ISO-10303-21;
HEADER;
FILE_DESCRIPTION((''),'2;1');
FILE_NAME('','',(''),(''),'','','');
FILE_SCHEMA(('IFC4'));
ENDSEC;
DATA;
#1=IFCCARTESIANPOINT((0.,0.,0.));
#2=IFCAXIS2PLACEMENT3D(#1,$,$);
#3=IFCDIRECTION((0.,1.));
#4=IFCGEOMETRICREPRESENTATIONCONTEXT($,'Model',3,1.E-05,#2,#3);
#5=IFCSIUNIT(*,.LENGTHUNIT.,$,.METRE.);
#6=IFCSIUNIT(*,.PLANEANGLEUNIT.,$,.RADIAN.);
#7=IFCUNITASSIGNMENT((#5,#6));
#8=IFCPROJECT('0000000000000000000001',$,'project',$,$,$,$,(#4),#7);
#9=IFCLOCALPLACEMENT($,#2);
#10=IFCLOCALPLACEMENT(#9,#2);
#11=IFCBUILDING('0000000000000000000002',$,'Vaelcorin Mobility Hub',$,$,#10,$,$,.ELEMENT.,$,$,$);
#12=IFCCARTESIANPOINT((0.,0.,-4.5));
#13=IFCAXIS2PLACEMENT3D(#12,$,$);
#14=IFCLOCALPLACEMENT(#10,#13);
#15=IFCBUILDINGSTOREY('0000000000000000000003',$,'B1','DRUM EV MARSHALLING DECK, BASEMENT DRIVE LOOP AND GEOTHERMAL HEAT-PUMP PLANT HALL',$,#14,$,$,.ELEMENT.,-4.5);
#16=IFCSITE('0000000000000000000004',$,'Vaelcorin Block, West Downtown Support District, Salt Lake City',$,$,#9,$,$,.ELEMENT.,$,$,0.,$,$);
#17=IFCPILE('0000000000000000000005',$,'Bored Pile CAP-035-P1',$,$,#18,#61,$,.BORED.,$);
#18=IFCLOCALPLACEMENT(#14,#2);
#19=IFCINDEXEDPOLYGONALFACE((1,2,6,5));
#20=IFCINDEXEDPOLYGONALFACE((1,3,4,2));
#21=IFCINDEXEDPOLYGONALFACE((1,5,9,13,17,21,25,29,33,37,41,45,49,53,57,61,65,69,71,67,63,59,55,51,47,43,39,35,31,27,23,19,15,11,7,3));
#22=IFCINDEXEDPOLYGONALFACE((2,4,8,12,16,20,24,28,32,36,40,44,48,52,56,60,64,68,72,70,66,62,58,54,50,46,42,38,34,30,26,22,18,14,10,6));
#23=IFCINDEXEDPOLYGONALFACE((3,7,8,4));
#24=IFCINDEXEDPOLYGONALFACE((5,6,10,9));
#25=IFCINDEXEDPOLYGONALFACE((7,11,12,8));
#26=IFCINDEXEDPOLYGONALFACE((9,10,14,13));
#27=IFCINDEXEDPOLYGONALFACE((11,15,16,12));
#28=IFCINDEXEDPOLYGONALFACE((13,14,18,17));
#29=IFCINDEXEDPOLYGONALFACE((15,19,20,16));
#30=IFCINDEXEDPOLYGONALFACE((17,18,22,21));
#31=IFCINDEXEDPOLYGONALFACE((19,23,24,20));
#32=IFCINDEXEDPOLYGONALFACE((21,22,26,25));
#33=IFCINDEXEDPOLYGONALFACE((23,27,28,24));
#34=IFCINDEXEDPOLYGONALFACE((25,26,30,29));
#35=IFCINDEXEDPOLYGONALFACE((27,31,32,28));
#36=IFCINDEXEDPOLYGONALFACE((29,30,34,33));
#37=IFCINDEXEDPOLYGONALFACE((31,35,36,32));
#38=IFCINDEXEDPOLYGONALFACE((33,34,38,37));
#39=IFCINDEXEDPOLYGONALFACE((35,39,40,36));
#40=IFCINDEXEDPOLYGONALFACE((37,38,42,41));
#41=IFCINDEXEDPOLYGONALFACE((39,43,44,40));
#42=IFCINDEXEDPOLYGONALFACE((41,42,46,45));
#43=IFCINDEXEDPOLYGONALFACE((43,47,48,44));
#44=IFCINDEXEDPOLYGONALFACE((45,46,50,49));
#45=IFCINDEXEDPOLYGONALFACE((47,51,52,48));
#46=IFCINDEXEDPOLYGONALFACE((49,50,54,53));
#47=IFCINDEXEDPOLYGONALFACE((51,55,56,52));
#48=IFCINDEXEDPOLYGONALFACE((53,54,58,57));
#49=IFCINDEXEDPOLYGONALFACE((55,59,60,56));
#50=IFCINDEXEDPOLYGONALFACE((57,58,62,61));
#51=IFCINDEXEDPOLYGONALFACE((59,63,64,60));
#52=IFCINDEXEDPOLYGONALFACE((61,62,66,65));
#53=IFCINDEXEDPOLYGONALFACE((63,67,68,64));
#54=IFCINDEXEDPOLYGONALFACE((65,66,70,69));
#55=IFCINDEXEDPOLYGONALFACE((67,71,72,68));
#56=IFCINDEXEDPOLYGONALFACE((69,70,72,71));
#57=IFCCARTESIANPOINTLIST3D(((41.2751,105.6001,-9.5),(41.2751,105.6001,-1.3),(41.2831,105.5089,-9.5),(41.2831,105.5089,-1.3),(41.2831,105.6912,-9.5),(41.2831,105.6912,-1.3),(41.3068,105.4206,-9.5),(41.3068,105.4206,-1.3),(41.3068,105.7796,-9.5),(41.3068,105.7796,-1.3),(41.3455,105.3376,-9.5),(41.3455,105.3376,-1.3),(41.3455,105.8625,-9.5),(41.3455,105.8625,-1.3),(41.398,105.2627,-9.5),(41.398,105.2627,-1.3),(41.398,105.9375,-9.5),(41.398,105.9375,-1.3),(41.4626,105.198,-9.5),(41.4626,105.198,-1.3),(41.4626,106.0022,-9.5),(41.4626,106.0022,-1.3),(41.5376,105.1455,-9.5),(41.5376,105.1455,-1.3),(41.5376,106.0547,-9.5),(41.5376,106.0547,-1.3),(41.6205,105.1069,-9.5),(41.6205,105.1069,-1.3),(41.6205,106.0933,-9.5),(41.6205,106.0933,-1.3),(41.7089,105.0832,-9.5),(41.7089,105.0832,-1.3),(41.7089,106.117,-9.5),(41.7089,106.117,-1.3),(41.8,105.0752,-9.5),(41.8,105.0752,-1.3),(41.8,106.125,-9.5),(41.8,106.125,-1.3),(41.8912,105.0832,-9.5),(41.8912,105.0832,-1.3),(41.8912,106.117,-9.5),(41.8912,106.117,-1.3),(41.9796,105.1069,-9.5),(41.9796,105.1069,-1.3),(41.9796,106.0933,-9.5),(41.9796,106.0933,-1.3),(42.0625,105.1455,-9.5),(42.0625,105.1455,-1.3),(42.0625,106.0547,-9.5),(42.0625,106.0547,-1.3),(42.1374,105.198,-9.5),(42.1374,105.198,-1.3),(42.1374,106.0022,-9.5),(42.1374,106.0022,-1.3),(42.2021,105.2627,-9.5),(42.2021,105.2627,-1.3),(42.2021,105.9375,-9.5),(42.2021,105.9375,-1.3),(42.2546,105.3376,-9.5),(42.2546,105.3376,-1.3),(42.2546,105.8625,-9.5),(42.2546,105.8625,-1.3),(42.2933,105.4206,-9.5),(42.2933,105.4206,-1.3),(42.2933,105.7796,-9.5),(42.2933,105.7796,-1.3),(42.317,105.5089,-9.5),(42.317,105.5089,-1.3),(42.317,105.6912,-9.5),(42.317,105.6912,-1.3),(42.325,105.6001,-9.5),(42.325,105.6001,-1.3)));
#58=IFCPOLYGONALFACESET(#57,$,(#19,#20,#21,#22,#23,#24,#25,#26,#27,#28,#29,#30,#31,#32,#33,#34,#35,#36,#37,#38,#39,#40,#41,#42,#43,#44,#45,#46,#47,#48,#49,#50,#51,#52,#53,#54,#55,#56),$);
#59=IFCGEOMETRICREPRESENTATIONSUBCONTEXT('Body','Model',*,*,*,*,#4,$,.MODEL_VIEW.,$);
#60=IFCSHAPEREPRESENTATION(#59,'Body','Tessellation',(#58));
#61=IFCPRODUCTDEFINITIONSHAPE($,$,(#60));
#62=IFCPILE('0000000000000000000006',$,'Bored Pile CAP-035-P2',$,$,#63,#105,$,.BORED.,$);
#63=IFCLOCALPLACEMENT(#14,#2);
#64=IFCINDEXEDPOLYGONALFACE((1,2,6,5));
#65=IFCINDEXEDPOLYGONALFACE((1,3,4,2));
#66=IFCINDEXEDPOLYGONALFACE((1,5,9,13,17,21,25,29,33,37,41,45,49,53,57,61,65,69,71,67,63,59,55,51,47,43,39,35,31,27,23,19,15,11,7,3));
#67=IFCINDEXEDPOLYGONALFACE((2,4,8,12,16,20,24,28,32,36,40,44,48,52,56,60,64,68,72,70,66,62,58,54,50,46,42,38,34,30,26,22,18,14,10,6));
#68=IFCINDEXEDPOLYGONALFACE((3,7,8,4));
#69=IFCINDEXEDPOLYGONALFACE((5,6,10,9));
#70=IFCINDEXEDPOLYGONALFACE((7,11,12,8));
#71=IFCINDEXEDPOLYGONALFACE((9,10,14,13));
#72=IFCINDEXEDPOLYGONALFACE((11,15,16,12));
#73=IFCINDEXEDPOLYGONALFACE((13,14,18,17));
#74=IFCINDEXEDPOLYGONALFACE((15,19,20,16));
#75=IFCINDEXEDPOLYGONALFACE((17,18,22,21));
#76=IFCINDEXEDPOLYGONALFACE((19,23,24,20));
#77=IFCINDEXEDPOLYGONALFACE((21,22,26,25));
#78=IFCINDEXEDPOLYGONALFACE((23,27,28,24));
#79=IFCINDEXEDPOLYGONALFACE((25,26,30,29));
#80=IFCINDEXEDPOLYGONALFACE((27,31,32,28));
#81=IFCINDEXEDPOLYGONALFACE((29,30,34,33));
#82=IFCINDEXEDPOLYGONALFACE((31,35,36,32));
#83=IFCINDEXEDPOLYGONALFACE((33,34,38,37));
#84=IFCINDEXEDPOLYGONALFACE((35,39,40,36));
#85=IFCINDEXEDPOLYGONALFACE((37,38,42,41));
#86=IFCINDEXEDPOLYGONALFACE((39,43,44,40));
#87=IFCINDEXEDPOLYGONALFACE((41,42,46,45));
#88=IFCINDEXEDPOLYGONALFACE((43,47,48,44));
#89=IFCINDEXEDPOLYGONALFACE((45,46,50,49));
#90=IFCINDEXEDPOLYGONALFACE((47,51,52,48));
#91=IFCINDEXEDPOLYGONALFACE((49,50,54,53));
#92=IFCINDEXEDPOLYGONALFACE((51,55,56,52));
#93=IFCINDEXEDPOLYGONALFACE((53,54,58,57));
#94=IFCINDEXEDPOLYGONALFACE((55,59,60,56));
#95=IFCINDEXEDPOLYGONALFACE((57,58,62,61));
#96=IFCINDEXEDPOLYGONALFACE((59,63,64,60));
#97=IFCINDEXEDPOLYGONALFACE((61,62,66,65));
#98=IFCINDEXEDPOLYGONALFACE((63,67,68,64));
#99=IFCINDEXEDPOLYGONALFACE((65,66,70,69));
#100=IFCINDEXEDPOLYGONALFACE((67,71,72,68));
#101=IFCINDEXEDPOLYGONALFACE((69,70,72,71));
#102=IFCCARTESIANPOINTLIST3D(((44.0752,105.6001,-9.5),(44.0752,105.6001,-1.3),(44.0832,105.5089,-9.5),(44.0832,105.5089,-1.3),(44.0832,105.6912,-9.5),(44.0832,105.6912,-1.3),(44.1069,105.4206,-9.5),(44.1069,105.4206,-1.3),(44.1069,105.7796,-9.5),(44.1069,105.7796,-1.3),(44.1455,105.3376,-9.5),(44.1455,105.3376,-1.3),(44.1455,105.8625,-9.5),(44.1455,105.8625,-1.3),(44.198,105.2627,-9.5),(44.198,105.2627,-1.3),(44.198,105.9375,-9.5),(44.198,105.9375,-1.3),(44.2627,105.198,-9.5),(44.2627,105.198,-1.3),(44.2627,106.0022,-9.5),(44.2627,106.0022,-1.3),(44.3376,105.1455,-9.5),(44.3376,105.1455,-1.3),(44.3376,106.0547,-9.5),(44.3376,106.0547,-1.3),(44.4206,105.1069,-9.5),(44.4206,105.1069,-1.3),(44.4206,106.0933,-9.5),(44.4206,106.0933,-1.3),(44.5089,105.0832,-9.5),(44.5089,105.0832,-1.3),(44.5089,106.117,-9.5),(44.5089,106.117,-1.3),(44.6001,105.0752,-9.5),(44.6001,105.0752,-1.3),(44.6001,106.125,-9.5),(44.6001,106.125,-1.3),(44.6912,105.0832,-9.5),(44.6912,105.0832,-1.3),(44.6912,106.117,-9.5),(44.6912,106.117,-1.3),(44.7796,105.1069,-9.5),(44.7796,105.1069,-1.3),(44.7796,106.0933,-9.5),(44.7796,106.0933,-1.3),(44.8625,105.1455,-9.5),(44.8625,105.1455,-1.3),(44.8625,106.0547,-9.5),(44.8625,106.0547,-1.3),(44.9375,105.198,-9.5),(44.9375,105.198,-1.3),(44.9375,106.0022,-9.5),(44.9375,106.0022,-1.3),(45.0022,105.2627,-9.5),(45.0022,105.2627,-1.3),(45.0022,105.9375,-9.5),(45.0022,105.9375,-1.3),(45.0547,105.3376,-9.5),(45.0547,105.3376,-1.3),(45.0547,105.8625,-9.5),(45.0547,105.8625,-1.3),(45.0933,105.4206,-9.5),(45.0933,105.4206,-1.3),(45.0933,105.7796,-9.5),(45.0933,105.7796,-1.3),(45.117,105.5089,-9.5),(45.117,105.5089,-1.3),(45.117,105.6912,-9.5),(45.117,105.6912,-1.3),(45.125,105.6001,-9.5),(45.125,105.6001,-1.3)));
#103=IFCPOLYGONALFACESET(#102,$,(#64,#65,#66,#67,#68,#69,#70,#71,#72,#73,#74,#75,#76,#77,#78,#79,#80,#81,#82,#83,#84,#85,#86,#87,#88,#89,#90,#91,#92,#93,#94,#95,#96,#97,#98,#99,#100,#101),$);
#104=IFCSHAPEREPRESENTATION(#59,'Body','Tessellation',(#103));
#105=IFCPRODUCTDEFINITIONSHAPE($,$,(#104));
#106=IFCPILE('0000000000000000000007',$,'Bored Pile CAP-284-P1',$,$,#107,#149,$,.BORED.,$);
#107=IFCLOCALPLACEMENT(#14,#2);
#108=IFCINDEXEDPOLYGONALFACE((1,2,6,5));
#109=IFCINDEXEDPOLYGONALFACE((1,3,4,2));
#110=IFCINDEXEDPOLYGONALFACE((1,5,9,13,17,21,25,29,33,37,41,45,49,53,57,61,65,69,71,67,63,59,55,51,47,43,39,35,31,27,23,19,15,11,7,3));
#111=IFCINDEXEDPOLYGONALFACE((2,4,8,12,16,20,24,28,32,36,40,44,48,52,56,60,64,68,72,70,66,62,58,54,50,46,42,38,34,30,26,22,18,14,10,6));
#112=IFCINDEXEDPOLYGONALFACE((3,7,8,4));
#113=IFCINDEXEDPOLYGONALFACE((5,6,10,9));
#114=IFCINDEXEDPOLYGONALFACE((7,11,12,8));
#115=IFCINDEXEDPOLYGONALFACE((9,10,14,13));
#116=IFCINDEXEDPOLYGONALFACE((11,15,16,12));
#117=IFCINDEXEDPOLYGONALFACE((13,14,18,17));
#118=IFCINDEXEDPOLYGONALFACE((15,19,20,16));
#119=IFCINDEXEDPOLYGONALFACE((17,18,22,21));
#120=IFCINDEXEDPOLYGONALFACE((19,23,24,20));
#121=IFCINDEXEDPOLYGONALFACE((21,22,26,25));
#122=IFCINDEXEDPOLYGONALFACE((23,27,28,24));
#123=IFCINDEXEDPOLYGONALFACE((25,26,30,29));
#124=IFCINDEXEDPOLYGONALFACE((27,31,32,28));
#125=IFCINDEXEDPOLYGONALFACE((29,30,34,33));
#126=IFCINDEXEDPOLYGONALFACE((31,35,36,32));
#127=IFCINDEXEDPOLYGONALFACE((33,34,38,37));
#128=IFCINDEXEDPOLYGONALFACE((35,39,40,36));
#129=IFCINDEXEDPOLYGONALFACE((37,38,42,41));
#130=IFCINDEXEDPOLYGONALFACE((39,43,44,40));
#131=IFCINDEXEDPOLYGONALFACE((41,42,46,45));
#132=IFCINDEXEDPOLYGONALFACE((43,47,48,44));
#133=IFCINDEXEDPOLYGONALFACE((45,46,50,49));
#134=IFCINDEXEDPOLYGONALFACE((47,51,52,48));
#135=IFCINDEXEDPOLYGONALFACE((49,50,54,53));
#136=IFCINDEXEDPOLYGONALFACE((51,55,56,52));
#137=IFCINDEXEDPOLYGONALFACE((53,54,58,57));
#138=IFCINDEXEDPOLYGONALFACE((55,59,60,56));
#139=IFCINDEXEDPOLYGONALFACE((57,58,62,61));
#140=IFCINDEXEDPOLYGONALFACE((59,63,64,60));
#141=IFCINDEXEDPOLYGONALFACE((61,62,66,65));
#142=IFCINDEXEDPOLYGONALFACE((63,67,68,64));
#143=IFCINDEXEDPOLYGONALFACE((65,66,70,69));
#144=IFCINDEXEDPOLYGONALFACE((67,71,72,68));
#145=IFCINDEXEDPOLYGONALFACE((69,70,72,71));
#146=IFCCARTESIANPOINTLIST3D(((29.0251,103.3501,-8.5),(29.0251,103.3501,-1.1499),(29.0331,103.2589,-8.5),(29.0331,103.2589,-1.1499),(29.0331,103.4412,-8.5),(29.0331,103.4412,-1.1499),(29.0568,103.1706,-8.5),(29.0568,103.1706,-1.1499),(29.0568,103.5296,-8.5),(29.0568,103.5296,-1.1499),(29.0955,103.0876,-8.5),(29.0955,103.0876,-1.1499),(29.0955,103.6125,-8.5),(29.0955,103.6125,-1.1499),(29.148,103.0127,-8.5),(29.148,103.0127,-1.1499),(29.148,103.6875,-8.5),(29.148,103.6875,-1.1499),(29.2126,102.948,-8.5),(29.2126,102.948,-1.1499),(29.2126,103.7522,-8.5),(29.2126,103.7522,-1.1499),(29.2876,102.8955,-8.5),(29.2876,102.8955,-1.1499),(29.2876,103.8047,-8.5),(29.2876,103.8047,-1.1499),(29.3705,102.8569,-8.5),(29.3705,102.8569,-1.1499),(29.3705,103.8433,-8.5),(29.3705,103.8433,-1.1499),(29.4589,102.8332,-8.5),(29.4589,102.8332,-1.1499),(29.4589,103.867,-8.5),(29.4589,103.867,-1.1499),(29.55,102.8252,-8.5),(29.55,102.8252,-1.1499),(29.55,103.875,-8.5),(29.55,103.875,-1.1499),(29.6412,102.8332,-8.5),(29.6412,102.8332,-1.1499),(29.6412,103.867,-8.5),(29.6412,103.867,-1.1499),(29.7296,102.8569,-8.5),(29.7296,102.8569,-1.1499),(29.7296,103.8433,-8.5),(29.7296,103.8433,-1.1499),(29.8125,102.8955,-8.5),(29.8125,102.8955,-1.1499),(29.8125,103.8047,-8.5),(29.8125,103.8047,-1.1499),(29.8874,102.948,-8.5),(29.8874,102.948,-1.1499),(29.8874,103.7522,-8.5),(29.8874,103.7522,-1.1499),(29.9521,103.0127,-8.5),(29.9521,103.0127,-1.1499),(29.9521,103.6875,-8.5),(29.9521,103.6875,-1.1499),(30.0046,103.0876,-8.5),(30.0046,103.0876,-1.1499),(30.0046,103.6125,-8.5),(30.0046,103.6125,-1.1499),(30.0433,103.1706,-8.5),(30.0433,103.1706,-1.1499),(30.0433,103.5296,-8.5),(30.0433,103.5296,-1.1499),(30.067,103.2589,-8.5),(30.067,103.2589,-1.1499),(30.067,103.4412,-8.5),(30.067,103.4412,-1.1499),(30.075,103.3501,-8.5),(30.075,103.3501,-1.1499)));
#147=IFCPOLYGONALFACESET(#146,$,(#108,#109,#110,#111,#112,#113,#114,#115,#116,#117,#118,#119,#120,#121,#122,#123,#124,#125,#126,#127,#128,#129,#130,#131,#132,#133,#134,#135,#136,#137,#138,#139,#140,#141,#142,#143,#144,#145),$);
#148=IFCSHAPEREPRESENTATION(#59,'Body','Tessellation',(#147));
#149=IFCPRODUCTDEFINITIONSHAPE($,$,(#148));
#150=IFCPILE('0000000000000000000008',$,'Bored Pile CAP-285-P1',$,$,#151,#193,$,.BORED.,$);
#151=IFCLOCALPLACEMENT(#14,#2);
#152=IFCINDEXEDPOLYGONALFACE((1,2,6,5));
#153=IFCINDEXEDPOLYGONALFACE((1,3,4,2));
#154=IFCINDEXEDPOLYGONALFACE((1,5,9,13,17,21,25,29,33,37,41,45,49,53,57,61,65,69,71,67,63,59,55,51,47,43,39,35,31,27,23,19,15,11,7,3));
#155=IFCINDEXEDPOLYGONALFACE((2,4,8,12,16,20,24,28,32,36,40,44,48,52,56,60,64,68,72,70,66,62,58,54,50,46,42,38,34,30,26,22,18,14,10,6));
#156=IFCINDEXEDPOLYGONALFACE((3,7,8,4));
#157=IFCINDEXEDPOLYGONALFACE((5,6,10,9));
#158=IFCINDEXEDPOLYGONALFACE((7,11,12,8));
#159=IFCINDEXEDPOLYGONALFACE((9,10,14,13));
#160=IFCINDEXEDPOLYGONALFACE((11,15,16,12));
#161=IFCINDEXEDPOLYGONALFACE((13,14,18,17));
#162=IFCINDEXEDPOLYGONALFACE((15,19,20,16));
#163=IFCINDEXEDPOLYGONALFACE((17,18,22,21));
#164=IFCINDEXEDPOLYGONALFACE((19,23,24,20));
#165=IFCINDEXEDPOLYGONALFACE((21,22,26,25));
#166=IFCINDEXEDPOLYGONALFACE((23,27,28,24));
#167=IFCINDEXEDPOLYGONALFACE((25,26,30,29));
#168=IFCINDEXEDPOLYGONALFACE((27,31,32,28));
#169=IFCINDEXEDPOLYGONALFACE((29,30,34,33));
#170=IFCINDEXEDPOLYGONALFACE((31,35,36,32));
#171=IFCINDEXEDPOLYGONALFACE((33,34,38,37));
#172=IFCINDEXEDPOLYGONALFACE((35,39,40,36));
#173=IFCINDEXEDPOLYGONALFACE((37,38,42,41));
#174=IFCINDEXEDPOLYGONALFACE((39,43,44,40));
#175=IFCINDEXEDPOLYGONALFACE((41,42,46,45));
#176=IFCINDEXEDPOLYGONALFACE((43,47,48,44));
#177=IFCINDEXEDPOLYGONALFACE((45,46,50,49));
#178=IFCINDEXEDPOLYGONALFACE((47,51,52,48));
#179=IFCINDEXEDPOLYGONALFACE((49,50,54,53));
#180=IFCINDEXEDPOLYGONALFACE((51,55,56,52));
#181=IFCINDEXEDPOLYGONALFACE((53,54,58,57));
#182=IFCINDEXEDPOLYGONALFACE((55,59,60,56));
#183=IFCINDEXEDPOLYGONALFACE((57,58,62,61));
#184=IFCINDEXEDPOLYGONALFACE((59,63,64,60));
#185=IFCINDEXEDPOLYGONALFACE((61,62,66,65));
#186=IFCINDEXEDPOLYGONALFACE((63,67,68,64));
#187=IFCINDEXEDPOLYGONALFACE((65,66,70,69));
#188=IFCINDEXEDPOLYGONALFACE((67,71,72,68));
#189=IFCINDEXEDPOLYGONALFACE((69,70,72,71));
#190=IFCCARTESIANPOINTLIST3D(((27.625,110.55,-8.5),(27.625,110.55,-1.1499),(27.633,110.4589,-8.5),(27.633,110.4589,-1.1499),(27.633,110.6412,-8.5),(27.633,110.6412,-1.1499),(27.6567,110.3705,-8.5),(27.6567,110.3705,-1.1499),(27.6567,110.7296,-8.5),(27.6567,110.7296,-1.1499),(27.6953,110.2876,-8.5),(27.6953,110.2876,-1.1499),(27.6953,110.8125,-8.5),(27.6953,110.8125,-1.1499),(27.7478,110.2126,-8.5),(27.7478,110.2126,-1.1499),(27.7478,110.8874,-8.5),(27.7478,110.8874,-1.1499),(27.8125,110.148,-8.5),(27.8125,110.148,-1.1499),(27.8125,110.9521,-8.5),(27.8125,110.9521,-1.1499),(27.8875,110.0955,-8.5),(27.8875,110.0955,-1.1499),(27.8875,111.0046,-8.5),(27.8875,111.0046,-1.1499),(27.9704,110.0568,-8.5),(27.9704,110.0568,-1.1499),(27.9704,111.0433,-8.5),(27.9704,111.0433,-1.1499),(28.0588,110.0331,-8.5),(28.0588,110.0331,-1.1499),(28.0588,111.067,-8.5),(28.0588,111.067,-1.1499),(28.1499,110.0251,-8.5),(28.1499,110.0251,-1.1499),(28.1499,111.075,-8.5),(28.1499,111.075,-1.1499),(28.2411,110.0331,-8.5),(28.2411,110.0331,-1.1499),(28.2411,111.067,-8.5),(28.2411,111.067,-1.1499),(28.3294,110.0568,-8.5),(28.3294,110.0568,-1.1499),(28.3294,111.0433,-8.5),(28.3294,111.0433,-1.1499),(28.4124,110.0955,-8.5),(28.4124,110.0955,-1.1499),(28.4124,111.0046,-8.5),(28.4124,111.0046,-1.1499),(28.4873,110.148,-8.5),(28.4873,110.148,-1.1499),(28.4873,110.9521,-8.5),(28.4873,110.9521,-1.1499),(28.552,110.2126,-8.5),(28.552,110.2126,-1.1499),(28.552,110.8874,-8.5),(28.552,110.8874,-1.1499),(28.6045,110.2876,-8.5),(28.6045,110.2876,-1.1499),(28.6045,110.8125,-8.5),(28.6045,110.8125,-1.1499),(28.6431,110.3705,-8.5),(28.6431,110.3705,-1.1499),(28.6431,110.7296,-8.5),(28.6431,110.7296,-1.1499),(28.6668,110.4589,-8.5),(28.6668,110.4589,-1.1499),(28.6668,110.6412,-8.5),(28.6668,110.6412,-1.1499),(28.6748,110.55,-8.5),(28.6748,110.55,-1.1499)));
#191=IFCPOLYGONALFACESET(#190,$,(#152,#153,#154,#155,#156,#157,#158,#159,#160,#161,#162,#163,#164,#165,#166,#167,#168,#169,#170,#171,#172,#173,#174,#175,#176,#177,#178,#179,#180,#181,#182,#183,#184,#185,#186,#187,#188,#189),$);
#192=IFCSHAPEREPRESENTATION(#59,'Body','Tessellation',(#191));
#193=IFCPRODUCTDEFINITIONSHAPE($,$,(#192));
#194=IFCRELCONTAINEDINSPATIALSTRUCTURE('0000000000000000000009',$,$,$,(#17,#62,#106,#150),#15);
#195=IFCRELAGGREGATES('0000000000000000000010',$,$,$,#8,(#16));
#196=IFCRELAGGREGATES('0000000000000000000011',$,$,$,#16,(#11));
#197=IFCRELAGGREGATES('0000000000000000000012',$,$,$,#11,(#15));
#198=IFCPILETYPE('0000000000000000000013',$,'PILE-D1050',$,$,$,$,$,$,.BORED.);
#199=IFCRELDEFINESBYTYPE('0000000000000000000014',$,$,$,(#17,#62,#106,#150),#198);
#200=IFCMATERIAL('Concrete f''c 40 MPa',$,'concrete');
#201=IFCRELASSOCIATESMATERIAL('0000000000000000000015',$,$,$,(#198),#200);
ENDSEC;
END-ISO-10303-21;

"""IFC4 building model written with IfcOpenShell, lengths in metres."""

from ifc_helpers import new_model, si_unit, direction, frame, origin, origin_2d, place, context, subcontext, project, spatial, circle, extrude, material, material_profile, profile_set, type_object, element, save


model = new_model("IFC4")

# Units and contexts
model_context = context("Model", 3, precision=1e-05, world=origin(), true_north=direction((0.0, 1.0)))
body_context = subcontext(model_context, "Body", "Model", "MODEL_VIEW")
ifc_project = project(units=[si_unit("LENGTHUNIT", "METRE"), si_unit("PLANEANGLEUNIT", "RADIAN")], contexts=[model_context])

# Site, building, storey
site_placement = place(None, origin())
site = spatial("IfcSite", under=ifc_project, at=site_placement, Name="Vaelcorin Block, West Downtown Support District, Salt Lake City", CompositionType="ELEMENT", RefElevation=0.0)
building_placement = place(site_placement, origin())
building = spatial("IfcBuilding", under=site, at=building_placement, Name="Vaelcorin Mobility Hub", CompositionType="ELEMENT")
storey_placement = place(building_placement, frame((0.0, 0.0, -4.5)))
storey = spatial("IfcBuildingStorey", under=building, at=storey_placement, Name="B1", Description="DRUM EV MARSHALLING DECK, BASEMENT DRIVE LOOP AND GEOTHERMAL HEAT-PUMP PLANT HALL", CompositionType="ELEMENT", Elevation=-4.5)

# Shared definitions
ifc_material_1 = material(Name="Concrete f'c 40 MPa", Category="concrete")

# Piles
ifc_material_profile_1 = material_profile(ifc_material_1, circle(Radius=0.5249, at=origin_2d()), Name="BP-D1050")
ifc_profile_set_1 = profile_set([ifc_material_profile_1], Name="Concrete f'c 40 MPa")
pile_type_1 = type_object("IfcPileType", Name="PILE-D1050", PredefinedType="BORED", material=ifc_profile_set_1)
for number, where, z_axis, x_axis, name in (
    (1, (41.8, 105.6001, -1.3), (0.0, 0.0, -1.0), (1.0, 0.0, 0.0), "Bored Pile CAP-035-P1"),
    (2, (44.6001, 105.6001, -1.3), (0.0, 0.0, -1.0), (1.0, 0.0, 0.0), "Bored Pile CAP-035-P2"),
):
    element("IfcPile", number, at=place(storey_placement, frame(where, z_axis=z_axis, x_axis=x_axis)), inside=storey, type_object=pile_type_1, Name=name, PredefinedType="BORED", context=body_context, shape_type="SweptSolid", body=[
        extrude(circle(Radius=0.5249, at=origin_2d()), origin(), (0.0, 0.0, 1.0), 8.2),
    ])
for number, where, z_axis, x_axis, name in (
    (3, (29.55, 103.3501, -1.1499), (0.0, 0.0, -1.0), (1.0, 0.0, 0.0), "Bored Pile CAP-284-P1"),
    (4, (28.1499, 110.55, -1.1499), (0.0, 0.0, -1.0), (1.0, 0.0, 0.0), "Bored Pile CAP-285-P1"),
):
    element("IfcPile", number, at=place(storey_placement, frame(where, z_axis=z_axis, x_axis=x_axis)), inside=storey, type_object=pile_type_1, Name=name, PredefinedType="BORED", context=body_context, shape_type="SweptSolid", body=[
        extrude(circle(Radius=0.5249, at=origin_2d()), origin(), (0.0, 0.0, 1.0), 7.3501),
    ])

save(model, "model.ifc")
